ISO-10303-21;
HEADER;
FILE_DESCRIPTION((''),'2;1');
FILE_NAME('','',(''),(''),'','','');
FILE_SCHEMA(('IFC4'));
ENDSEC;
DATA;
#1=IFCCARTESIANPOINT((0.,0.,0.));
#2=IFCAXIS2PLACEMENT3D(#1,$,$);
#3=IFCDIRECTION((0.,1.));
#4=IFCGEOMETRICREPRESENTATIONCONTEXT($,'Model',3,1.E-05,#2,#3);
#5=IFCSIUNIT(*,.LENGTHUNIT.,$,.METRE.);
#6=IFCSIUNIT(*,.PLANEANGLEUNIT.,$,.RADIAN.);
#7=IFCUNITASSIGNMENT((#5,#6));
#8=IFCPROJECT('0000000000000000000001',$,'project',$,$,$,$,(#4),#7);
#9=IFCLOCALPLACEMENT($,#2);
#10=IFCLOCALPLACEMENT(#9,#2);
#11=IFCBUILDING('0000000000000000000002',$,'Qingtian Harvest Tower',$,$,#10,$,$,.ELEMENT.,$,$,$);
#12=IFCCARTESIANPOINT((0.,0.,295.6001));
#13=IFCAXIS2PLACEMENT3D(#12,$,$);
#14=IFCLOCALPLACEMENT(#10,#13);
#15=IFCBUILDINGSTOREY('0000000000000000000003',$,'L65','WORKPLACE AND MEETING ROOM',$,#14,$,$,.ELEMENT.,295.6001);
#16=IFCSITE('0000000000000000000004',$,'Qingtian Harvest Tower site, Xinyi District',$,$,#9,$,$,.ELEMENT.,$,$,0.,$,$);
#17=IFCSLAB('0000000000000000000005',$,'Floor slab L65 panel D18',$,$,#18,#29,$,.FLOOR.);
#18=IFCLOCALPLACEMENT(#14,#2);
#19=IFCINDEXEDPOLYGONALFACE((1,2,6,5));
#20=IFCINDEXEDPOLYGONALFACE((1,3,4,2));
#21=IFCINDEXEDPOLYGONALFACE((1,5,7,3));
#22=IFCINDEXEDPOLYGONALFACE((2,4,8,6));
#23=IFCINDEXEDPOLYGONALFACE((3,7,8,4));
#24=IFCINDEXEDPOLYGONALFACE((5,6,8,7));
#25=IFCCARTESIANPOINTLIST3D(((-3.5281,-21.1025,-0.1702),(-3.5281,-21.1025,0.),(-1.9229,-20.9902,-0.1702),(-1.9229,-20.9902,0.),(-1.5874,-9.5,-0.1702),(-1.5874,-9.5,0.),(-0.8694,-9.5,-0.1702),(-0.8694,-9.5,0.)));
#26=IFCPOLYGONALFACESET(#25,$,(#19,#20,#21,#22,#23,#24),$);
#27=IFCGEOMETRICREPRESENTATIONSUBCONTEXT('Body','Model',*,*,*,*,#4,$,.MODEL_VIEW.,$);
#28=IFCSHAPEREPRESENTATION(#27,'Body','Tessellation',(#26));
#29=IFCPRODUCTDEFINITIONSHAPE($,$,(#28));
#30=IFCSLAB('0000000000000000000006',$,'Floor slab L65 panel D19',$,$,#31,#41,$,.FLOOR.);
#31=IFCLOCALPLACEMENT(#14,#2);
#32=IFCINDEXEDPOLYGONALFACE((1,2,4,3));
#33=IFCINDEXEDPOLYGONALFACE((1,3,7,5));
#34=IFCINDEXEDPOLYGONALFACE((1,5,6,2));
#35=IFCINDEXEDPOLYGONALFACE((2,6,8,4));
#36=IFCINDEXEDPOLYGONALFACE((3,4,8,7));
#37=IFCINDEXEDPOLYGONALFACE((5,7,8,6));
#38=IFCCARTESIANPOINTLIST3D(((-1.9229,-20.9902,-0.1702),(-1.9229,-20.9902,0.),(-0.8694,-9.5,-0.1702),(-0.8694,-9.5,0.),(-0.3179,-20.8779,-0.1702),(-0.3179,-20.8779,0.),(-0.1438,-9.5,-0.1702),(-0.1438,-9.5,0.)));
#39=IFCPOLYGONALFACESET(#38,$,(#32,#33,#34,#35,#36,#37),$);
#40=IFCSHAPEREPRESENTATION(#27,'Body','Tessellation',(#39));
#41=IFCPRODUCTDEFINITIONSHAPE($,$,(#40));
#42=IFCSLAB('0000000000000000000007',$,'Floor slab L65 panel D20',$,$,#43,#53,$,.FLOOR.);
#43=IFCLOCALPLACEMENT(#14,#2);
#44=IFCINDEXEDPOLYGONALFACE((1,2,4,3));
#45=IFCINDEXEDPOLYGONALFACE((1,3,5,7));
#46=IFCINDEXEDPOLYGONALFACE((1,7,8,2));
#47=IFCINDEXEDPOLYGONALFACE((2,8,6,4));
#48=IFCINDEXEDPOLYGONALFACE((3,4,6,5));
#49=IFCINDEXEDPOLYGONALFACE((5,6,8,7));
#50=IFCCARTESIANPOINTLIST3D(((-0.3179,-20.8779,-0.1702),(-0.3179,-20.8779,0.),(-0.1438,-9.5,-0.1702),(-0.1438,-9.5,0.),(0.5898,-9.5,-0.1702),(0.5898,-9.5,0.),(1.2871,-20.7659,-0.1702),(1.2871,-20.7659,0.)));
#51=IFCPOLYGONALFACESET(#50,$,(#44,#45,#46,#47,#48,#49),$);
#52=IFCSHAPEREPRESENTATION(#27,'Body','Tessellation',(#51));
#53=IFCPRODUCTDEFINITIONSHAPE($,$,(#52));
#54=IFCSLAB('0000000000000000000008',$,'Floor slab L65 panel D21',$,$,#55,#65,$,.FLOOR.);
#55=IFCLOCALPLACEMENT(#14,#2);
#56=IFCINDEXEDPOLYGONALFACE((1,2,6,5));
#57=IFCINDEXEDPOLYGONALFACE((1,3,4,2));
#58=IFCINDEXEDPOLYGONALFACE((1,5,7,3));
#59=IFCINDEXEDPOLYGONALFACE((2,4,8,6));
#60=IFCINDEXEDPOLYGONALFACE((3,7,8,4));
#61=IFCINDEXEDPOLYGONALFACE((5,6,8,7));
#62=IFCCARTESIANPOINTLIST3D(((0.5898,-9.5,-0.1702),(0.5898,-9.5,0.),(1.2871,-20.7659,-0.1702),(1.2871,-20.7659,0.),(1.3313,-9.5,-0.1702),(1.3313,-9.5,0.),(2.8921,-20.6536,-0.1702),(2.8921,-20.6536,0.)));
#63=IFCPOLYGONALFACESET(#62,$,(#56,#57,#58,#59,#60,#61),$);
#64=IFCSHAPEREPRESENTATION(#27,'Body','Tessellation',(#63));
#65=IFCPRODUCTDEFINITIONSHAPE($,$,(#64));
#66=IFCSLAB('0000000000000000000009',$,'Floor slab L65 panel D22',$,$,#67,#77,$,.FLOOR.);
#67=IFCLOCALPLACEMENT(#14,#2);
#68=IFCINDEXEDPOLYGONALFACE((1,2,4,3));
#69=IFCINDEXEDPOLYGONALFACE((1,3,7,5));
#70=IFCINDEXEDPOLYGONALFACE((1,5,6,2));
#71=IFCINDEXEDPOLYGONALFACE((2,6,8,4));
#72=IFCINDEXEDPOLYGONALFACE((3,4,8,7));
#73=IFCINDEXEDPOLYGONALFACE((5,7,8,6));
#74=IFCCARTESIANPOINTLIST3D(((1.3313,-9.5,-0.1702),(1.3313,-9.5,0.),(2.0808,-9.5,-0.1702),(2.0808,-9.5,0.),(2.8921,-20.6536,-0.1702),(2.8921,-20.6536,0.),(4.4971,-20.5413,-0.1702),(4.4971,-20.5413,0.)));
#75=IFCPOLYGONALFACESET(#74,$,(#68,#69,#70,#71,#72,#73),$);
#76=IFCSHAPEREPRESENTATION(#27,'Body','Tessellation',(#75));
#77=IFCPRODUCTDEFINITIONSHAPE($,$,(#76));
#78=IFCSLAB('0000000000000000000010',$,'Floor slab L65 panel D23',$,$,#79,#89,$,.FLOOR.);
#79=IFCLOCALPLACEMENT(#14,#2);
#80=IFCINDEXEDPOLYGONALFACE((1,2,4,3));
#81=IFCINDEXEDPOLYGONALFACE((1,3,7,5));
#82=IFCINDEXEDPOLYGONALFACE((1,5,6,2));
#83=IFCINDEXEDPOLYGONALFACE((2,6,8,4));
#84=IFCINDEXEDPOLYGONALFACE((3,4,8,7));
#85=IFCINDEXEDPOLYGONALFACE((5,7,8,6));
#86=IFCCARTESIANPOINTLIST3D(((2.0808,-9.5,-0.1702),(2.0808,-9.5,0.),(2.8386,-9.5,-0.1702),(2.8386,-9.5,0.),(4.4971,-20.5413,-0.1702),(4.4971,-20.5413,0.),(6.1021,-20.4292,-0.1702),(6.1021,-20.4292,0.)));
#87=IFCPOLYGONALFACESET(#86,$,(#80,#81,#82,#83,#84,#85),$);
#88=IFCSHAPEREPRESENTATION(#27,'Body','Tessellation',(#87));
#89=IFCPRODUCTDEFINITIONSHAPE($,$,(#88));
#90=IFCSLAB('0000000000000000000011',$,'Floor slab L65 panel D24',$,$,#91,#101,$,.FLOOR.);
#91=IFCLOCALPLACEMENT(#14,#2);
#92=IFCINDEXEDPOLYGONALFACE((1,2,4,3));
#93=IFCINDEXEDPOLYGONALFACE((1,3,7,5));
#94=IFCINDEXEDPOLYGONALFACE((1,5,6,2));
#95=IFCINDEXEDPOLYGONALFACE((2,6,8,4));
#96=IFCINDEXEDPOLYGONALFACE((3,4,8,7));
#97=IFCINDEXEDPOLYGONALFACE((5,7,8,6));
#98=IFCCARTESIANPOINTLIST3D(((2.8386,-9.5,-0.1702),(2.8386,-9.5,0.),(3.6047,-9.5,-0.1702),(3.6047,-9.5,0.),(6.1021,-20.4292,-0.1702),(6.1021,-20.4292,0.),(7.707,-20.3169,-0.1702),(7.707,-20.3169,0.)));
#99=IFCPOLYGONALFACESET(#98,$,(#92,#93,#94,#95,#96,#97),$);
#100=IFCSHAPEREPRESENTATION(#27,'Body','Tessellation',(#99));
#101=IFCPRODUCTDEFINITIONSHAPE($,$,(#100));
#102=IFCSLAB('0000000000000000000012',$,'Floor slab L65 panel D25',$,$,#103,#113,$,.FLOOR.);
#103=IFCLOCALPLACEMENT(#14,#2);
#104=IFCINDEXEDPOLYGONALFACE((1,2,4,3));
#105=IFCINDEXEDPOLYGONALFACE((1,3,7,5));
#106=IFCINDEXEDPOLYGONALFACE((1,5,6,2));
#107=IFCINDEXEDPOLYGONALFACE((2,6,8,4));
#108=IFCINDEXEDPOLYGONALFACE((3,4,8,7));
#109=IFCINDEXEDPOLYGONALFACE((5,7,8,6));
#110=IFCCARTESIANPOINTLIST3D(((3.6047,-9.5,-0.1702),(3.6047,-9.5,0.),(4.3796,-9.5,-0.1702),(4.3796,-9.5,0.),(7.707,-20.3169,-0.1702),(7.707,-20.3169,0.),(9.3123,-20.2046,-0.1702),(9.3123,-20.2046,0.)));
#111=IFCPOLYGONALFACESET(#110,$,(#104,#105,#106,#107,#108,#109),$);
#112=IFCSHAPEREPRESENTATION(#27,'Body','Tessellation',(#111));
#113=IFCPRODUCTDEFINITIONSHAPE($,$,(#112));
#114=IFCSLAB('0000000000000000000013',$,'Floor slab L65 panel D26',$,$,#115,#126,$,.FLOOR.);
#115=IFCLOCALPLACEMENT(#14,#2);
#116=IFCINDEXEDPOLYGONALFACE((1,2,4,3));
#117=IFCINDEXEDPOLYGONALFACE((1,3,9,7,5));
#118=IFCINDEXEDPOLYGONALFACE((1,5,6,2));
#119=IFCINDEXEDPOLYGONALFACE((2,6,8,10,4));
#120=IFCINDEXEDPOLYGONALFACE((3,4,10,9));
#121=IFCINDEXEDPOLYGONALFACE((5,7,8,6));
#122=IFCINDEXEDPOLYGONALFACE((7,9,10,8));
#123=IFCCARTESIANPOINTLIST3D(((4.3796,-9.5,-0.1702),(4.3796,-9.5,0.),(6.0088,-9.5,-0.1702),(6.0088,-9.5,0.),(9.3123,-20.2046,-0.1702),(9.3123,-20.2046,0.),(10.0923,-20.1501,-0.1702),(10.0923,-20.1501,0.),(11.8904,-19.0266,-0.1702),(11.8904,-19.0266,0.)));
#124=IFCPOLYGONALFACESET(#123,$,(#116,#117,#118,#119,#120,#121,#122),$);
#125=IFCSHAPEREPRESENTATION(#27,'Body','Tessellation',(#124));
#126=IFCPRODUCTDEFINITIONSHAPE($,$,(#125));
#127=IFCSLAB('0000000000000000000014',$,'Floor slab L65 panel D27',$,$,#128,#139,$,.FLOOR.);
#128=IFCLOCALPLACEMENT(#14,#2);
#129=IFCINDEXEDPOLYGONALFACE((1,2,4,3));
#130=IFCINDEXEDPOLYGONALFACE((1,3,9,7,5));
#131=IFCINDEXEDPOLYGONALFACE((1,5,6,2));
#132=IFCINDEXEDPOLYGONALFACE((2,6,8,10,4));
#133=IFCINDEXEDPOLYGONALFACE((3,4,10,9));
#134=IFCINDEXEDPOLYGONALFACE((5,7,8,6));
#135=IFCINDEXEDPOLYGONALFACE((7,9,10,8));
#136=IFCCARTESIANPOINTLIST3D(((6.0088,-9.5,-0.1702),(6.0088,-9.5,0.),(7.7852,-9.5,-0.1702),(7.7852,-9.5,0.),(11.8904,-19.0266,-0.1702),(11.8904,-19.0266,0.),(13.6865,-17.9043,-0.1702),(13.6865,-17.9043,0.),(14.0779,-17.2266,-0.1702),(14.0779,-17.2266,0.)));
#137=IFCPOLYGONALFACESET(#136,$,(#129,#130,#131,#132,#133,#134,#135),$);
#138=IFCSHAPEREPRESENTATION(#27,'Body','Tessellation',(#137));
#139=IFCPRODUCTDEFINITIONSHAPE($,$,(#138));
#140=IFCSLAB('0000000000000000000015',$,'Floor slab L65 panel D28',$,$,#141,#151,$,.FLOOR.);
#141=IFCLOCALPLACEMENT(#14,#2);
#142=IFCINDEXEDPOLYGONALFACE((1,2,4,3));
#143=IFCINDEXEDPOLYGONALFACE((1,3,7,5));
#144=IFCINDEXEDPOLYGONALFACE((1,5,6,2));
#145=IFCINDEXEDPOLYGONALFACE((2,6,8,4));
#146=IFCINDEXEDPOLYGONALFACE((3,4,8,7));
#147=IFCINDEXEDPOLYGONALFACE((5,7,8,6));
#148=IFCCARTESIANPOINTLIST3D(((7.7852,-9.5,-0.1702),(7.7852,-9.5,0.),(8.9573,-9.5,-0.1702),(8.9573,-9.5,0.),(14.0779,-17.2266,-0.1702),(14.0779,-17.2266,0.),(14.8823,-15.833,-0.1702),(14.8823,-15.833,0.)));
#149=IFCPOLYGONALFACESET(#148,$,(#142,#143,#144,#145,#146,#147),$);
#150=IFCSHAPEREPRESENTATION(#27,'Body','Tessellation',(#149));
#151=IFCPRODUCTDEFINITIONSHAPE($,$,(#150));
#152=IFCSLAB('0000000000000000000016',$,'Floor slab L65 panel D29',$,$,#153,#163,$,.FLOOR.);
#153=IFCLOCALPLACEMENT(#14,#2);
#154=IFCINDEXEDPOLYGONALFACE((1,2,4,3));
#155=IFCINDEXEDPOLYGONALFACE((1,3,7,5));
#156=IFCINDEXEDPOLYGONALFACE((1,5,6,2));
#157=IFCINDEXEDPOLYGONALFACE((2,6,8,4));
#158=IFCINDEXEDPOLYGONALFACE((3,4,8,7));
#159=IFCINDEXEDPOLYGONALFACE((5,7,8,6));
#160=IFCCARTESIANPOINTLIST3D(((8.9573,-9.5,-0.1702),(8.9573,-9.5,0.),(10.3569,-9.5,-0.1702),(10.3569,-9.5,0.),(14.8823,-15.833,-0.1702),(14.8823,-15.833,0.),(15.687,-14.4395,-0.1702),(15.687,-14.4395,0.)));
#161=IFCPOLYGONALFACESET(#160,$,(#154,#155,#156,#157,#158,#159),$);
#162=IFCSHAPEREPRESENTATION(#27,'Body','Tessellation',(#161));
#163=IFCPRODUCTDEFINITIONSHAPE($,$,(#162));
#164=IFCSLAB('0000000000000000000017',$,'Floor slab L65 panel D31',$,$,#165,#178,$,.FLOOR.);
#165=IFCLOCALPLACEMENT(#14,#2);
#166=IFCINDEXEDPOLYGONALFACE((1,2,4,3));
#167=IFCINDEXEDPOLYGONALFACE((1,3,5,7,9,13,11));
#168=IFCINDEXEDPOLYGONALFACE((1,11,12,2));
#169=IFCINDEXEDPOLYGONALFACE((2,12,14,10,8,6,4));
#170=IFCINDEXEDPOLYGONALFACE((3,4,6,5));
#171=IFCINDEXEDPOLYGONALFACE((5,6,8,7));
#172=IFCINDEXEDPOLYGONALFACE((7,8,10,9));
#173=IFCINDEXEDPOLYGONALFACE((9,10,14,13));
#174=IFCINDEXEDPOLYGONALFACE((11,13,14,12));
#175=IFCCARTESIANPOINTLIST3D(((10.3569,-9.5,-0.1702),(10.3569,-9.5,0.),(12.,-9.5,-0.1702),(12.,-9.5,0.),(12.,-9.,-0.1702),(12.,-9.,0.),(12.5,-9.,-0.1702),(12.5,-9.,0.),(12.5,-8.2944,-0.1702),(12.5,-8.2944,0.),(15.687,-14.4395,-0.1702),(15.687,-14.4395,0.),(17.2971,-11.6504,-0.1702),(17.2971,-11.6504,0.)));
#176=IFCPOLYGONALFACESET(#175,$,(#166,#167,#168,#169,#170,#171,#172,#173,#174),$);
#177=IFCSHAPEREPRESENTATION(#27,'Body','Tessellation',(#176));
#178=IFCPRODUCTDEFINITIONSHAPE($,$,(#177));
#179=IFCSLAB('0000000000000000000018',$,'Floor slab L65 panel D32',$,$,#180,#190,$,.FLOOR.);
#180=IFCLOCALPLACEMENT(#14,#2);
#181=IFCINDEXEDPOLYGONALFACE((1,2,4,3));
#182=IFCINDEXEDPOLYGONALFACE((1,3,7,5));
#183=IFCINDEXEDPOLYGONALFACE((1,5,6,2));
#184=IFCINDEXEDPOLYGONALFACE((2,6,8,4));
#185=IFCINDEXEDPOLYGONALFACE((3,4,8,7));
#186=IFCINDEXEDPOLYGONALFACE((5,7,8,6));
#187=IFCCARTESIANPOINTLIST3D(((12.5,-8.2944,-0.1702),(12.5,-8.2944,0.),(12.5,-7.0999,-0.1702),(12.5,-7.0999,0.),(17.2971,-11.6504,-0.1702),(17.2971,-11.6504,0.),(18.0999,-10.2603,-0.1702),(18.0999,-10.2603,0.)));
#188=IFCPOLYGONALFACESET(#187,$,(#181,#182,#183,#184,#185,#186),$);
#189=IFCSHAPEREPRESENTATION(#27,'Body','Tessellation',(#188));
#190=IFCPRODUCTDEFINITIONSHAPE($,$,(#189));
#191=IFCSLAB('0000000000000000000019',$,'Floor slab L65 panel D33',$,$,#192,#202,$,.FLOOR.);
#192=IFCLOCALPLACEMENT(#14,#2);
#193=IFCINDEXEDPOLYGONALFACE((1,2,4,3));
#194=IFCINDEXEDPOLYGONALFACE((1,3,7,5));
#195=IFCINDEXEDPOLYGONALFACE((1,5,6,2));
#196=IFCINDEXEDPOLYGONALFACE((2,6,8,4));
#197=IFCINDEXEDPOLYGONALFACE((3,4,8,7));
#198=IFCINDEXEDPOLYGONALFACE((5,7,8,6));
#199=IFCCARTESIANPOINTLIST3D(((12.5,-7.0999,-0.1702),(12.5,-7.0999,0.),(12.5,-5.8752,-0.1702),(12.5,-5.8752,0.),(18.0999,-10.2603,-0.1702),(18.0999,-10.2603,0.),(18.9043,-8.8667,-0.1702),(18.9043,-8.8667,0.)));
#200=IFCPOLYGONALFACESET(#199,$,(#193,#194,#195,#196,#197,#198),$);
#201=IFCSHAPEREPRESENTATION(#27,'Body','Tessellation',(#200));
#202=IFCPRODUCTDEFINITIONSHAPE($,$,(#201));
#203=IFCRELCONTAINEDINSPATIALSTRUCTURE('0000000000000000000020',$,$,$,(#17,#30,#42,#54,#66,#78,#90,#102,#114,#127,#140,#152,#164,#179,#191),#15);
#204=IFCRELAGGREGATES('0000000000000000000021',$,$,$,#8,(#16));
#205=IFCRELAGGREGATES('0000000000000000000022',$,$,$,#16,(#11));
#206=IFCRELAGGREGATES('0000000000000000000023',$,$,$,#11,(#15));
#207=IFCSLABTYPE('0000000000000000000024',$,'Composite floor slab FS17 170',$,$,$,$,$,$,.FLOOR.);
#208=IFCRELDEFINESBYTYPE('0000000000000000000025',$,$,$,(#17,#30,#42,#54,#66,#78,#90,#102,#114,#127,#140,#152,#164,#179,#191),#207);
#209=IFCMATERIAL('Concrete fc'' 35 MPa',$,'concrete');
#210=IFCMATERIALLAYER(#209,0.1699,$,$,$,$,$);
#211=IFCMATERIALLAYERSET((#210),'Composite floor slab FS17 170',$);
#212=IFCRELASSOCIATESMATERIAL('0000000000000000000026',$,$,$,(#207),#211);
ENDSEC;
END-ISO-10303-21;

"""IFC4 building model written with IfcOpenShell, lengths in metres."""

from ifc_helpers import new_model, si_unit, direction, frame, origin, place, context, subcontext, project, spatial, polyline, outline, extrude, material, layer, layer_set, type_object, element, save


model = new_model("IFC4")

# Units and contexts
model_context = context("Model", 3, precision=1e-05, world=origin(), true_north=direction((0.0, 1.0)))
body_context = subcontext(model_context, "Body", "Model", "MODEL_VIEW")
ifc_project = project(units=[si_unit("LENGTHUNIT", "METRE"), si_unit("PLANEANGLEUNIT", "RADIAN")], contexts=[model_context])

# Site, building, storey
site_placement = place(None, origin())
site = spatial("IfcSite", under=ifc_project, at=site_placement, Name="Qingtian Harvest Tower site, Xinyi District", CompositionType="ELEMENT", RefElevation=0.0)
building_placement = place(site_placement, origin())
building = spatial("IfcBuilding", under=site, at=building_placement, Name="Qingtian Harvest Tower", CompositionType="ELEMENT")
storey_placement = place(building_placement, frame((0.0, 0.0, 295.6001)))
storey = spatial("IfcBuildingStorey", under=building, at=storey_placement, Name="L65", Description="WORKPLACE AND MEETING ROOM", CompositionType="ELEMENT", Elevation=295.6001)

# Slabs
ifc_material = material(Name="Concrete fc' 35 MPa", Category="concrete")
ifc_layer = layer(ifc_material, 0.1699)
ifc_layer_set = layer_set([ifc_layer], Name="Composite floor slab FS17 170")
slab_type = type_object("IfcSlabType", Name="Composite floor slab FS17 170", PredefinedType="FLOOR", material=ifc_layer_set)
slab_1_placement = place(storey_placement, frame((0.0, 0.0, -0.1702)))
element("IfcSlab", 1, at=slab_1_placement, inside=storey, type_object=slab_type, Name="Floor slab L65 panel D18", PredefinedType="FLOOR", context=body_context, shape_type="SweptSolid", body=[
    extrude(outline(polyline([(-0.8694, -9.5), (-1.9229, -20.9902), (-3.5281, -21.1025), (-1.5874, -9.5), (-0.8694, -9.5)])), origin(), (0.0, 0.0, 1.0), 0.1702),
])
slab_2_placement = place(storey_placement, frame((0.0, 0.0, -0.1702)))
element("IfcSlab", 2, at=slab_2_placement, inside=storey, type_object=slab_type, Name="Floor slab L65 panel D19", PredefinedType="FLOOR", context=body_context, shape_type="SweptSolid", body=[
    extrude(outline(polyline([(-0.1438, -9.5), (-0.3179, -20.8779), (-1.9229, -20.9902), (-0.8694, -9.5), (-0.1438, -9.5)])), origin(), (0.0, 0.0, 1.0), 0.1702),
])
slab_3_placement = place(storey_placement, frame((0.0, 0.0, -0.1702)))
element("IfcSlab", 3, at=slab_3_placement, inside=storey, type_object=slab_type, Name="Floor slab L65 panel D20", PredefinedType="FLOOR", context=body_context, shape_type="SweptSolid", body=[
    extrude(outline(polyline([(0.5898, -9.5), (1.2871, -20.7659), (-0.3179, -20.8779), (-0.1438, -9.5), (0.5898, -9.5)])), origin(), (0.0, 0.0, 1.0), 0.1702),
])
slab_4_placement = place(storey_placement, frame((0.0, 0.0, -0.1702)))
element("IfcSlab", 4, at=slab_4_placement, inside=storey, type_object=slab_type, Name="Floor slab L65 panel D21", PredefinedType="FLOOR", context=body_context, shape_type="SweptSolid", body=[
    extrude(outline(polyline([(1.3313, -9.5), (2.8921, -20.6536), (1.2871, -20.7659), (0.5898, -9.5), (1.3313, -9.5)])), origin(), (0.0, 0.0, 1.0), 0.1702),
])
slab_5_placement = place(storey_placement, frame((0.0, 0.0, -0.1702)))
element("IfcSlab", 5, at=slab_5_placement, inside=storey, type_object=slab_type, Name="Floor slab L65 panel D22", PredefinedType="FLOOR", context=body_context, shape_type="SweptSolid", body=[
    extrude(outline(polyline([(2.0808, -9.5), (4.4971, -20.5413), (2.8921, -20.6536), (1.3313, -9.5), (2.0808, -9.5)])), origin(), (0.0, 0.0, 1.0), 0.1702),
])
slab_6_placement = place(storey_placement, frame((0.0, 0.0, -0.1702)))
element("IfcSlab", 6, at=slab_6_placement, inside=storey, type_object=slab_type, Name="Floor slab L65 panel D23", PredefinedType="FLOOR", context=body_context, shape_type="SweptSolid", body=[
    extrude(outline(polyline([(2.8386, -9.5), (6.1021, -20.4292), (4.4971, -20.5413), (2.0808, -9.5), (2.8386, -9.5)])), origin(), (0.0, 0.0, 1.0), 0.1702),
])
slab_7_placement = place(storey_placement, frame((0.0, 0.0, -0.1702)))
element("IfcSlab", 7, at=slab_7_placement, inside=storey, type_object=slab_type, Name="Floor slab L65 panel D24", PredefinedType="FLOOR", context=body_context, shape_type="SweptSolid", body=[
    extrude(outline(polyline([(3.6047, -9.5), (7.707, -20.3169), (6.1021, -20.4292), (2.8386, -9.5), (3.6047, -9.5)])), origin(), (0.0, 0.0, 1.0), 0.1702),
])
slab_8_placement = place(storey_placement, frame((0.0, 0.0, -0.1702)))
element("IfcSlab", 8, at=slab_8_placement, inside=storey, type_object=slab_type, Name="Floor slab L65 panel D25", PredefinedType="FLOOR", context=body_context, shape_type="SweptSolid", body=[
    extrude(outline(polyline([(4.3796, -9.5), (9.3123, -20.2046), (7.707, -20.3169), (3.6047, -9.5), (4.3796, -9.5)])), origin(), (0.0, 0.0, 1.0), 0.1702),
])
slab_9_placement = place(storey_placement, frame((0.0, 0.0, -0.1702)))
element("IfcSlab", 9, at=slab_9_placement, inside=storey, type_object=slab_type, Name="Floor slab L65 panel D26", PredefinedType="FLOOR", context=body_context, shape_type="SweptSolid", body=[
    extrude(outline(polyline([(4.3796, -9.5), (6.0088, -9.5), (11.8904, -19.0266), (10.0923, -20.1501), (9.3123, -20.2046), (4.3796, -9.5)])), origin(), (0.0, 0.0, 1.0), 0.1702),
])
slab_10_placement = place(storey_placement, frame((0.0, 0.0, -0.1702)))
element("IfcSlab", 10, at=slab_10_placement, inside=storey, type_object=slab_type, Name="Floor slab L65 panel D27", PredefinedType="FLOOR", context=body_context, shape_type="SweptSolid", body=[
    extrude(outline(polyline([(6.0088, -9.5), (7.7852, -9.5), (14.0779, -17.2266), (13.6865, -17.9043), (11.8904, -19.0266), (6.0088, -9.5)])), origin(), (0.0, 0.0, 1.0), 0.1702),
])
slab_11_placement = place(storey_placement, frame((0.0, 0.0, -0.1702)))
element("IfcSlab", 11, at=slab_11_placement, inside=storey, type_object=slab_type, Name="Floor slab L65 panel D28", PredefinedType="FLOOR", context=body_context, shape_type="SweptSolid", body=[
    extrude(outline(polyline([(8.9573, -9.5), (14.8823, -15.833), (14.0779, -17.2266), (7.7852, -9.5), (8.9573, -9.5)])), origin(), (0.0, 0.0, 1.0), 0.1702),
])
slab_12_placement = place(storey_placement, frame((0.0, 0.0, -0.1702)))
element("IfcSlab", 12, at=slab_12_placement, inside=storey, type_object=slab_type, Name="Floor slab L65 panel D29", PredefinedType="FLOOR", context=body_context, shape_type="SweptSolid", body=[
    extrude(outline(polyline([(10.3569, -9.5), (15.687, -14.4395), (14.8823, -15.833), (8.9573, -9.5), (10.3569, -9.5)])), origin(), (0.0, 0.0, 1.0), 0.1702),
])
slab_13_placement = place(storey_placement, frame((0.0, 0.0, -0.1702)))
element("IfcSlab", 13, at=slab_13_placement, inside=storey, type_object=slab_type, Name="Floor slab L65 panel D31", PredefinedType="FLOOR", context=body_context, shape_type="SweptSolid", body=[
    extrude(outline(polyline([(12.5, -8.2944), (17.2971, -11.6504), (15.687, -14.4395), (10.3569, -9.5), (12.0, -9.5), (12.0, -9.0), (12.5, -9.0), (12.5, -8.2944)])), origin(), (0.0, 0.0, 1.0), 0.1702),
])
slab_14_placement = place(storey_placement, frame((0.0, 0.0, -0.1702)))
element("IfcSlab", 14, at=slab_14_placement, inside=storey, type_object=slab_type, Name="Floor slab L65 panel D32", PredefinedType="FLOOR", context=body_context, shape_type="SweptSolid", body=[
    extrude(outline(polyline([(12.5, -7.0999), (18.0999, -10.2603), (17.2971, -11.6504), (12.5, -8.2944), (12.5, -7.0999)])), origin(), (0.0, 0.0, 1.0), 0.1702),
])
slab_15_placement = place(storey_placement, frame((0.0, 0.0, -0.1702)))
element("IfcSlab", 15, at=slab_15_placement, inside=storey, type_object=slab_type, Name="Floor slab L65 panel D33", PredefinedType="FLOOR", context=body_context, shape_type="SweptSolid", body=[
    extrude(outline(polyline([(12.5, -5.8752), (18.9043, -8.8667), (18.0999, -10.2603), (12.5, -7.0999), (12.5, -5.8752)])), origin(), (0.0, 0.0, 1.0), 0.1702),
])

save(model, "model.ifc")
